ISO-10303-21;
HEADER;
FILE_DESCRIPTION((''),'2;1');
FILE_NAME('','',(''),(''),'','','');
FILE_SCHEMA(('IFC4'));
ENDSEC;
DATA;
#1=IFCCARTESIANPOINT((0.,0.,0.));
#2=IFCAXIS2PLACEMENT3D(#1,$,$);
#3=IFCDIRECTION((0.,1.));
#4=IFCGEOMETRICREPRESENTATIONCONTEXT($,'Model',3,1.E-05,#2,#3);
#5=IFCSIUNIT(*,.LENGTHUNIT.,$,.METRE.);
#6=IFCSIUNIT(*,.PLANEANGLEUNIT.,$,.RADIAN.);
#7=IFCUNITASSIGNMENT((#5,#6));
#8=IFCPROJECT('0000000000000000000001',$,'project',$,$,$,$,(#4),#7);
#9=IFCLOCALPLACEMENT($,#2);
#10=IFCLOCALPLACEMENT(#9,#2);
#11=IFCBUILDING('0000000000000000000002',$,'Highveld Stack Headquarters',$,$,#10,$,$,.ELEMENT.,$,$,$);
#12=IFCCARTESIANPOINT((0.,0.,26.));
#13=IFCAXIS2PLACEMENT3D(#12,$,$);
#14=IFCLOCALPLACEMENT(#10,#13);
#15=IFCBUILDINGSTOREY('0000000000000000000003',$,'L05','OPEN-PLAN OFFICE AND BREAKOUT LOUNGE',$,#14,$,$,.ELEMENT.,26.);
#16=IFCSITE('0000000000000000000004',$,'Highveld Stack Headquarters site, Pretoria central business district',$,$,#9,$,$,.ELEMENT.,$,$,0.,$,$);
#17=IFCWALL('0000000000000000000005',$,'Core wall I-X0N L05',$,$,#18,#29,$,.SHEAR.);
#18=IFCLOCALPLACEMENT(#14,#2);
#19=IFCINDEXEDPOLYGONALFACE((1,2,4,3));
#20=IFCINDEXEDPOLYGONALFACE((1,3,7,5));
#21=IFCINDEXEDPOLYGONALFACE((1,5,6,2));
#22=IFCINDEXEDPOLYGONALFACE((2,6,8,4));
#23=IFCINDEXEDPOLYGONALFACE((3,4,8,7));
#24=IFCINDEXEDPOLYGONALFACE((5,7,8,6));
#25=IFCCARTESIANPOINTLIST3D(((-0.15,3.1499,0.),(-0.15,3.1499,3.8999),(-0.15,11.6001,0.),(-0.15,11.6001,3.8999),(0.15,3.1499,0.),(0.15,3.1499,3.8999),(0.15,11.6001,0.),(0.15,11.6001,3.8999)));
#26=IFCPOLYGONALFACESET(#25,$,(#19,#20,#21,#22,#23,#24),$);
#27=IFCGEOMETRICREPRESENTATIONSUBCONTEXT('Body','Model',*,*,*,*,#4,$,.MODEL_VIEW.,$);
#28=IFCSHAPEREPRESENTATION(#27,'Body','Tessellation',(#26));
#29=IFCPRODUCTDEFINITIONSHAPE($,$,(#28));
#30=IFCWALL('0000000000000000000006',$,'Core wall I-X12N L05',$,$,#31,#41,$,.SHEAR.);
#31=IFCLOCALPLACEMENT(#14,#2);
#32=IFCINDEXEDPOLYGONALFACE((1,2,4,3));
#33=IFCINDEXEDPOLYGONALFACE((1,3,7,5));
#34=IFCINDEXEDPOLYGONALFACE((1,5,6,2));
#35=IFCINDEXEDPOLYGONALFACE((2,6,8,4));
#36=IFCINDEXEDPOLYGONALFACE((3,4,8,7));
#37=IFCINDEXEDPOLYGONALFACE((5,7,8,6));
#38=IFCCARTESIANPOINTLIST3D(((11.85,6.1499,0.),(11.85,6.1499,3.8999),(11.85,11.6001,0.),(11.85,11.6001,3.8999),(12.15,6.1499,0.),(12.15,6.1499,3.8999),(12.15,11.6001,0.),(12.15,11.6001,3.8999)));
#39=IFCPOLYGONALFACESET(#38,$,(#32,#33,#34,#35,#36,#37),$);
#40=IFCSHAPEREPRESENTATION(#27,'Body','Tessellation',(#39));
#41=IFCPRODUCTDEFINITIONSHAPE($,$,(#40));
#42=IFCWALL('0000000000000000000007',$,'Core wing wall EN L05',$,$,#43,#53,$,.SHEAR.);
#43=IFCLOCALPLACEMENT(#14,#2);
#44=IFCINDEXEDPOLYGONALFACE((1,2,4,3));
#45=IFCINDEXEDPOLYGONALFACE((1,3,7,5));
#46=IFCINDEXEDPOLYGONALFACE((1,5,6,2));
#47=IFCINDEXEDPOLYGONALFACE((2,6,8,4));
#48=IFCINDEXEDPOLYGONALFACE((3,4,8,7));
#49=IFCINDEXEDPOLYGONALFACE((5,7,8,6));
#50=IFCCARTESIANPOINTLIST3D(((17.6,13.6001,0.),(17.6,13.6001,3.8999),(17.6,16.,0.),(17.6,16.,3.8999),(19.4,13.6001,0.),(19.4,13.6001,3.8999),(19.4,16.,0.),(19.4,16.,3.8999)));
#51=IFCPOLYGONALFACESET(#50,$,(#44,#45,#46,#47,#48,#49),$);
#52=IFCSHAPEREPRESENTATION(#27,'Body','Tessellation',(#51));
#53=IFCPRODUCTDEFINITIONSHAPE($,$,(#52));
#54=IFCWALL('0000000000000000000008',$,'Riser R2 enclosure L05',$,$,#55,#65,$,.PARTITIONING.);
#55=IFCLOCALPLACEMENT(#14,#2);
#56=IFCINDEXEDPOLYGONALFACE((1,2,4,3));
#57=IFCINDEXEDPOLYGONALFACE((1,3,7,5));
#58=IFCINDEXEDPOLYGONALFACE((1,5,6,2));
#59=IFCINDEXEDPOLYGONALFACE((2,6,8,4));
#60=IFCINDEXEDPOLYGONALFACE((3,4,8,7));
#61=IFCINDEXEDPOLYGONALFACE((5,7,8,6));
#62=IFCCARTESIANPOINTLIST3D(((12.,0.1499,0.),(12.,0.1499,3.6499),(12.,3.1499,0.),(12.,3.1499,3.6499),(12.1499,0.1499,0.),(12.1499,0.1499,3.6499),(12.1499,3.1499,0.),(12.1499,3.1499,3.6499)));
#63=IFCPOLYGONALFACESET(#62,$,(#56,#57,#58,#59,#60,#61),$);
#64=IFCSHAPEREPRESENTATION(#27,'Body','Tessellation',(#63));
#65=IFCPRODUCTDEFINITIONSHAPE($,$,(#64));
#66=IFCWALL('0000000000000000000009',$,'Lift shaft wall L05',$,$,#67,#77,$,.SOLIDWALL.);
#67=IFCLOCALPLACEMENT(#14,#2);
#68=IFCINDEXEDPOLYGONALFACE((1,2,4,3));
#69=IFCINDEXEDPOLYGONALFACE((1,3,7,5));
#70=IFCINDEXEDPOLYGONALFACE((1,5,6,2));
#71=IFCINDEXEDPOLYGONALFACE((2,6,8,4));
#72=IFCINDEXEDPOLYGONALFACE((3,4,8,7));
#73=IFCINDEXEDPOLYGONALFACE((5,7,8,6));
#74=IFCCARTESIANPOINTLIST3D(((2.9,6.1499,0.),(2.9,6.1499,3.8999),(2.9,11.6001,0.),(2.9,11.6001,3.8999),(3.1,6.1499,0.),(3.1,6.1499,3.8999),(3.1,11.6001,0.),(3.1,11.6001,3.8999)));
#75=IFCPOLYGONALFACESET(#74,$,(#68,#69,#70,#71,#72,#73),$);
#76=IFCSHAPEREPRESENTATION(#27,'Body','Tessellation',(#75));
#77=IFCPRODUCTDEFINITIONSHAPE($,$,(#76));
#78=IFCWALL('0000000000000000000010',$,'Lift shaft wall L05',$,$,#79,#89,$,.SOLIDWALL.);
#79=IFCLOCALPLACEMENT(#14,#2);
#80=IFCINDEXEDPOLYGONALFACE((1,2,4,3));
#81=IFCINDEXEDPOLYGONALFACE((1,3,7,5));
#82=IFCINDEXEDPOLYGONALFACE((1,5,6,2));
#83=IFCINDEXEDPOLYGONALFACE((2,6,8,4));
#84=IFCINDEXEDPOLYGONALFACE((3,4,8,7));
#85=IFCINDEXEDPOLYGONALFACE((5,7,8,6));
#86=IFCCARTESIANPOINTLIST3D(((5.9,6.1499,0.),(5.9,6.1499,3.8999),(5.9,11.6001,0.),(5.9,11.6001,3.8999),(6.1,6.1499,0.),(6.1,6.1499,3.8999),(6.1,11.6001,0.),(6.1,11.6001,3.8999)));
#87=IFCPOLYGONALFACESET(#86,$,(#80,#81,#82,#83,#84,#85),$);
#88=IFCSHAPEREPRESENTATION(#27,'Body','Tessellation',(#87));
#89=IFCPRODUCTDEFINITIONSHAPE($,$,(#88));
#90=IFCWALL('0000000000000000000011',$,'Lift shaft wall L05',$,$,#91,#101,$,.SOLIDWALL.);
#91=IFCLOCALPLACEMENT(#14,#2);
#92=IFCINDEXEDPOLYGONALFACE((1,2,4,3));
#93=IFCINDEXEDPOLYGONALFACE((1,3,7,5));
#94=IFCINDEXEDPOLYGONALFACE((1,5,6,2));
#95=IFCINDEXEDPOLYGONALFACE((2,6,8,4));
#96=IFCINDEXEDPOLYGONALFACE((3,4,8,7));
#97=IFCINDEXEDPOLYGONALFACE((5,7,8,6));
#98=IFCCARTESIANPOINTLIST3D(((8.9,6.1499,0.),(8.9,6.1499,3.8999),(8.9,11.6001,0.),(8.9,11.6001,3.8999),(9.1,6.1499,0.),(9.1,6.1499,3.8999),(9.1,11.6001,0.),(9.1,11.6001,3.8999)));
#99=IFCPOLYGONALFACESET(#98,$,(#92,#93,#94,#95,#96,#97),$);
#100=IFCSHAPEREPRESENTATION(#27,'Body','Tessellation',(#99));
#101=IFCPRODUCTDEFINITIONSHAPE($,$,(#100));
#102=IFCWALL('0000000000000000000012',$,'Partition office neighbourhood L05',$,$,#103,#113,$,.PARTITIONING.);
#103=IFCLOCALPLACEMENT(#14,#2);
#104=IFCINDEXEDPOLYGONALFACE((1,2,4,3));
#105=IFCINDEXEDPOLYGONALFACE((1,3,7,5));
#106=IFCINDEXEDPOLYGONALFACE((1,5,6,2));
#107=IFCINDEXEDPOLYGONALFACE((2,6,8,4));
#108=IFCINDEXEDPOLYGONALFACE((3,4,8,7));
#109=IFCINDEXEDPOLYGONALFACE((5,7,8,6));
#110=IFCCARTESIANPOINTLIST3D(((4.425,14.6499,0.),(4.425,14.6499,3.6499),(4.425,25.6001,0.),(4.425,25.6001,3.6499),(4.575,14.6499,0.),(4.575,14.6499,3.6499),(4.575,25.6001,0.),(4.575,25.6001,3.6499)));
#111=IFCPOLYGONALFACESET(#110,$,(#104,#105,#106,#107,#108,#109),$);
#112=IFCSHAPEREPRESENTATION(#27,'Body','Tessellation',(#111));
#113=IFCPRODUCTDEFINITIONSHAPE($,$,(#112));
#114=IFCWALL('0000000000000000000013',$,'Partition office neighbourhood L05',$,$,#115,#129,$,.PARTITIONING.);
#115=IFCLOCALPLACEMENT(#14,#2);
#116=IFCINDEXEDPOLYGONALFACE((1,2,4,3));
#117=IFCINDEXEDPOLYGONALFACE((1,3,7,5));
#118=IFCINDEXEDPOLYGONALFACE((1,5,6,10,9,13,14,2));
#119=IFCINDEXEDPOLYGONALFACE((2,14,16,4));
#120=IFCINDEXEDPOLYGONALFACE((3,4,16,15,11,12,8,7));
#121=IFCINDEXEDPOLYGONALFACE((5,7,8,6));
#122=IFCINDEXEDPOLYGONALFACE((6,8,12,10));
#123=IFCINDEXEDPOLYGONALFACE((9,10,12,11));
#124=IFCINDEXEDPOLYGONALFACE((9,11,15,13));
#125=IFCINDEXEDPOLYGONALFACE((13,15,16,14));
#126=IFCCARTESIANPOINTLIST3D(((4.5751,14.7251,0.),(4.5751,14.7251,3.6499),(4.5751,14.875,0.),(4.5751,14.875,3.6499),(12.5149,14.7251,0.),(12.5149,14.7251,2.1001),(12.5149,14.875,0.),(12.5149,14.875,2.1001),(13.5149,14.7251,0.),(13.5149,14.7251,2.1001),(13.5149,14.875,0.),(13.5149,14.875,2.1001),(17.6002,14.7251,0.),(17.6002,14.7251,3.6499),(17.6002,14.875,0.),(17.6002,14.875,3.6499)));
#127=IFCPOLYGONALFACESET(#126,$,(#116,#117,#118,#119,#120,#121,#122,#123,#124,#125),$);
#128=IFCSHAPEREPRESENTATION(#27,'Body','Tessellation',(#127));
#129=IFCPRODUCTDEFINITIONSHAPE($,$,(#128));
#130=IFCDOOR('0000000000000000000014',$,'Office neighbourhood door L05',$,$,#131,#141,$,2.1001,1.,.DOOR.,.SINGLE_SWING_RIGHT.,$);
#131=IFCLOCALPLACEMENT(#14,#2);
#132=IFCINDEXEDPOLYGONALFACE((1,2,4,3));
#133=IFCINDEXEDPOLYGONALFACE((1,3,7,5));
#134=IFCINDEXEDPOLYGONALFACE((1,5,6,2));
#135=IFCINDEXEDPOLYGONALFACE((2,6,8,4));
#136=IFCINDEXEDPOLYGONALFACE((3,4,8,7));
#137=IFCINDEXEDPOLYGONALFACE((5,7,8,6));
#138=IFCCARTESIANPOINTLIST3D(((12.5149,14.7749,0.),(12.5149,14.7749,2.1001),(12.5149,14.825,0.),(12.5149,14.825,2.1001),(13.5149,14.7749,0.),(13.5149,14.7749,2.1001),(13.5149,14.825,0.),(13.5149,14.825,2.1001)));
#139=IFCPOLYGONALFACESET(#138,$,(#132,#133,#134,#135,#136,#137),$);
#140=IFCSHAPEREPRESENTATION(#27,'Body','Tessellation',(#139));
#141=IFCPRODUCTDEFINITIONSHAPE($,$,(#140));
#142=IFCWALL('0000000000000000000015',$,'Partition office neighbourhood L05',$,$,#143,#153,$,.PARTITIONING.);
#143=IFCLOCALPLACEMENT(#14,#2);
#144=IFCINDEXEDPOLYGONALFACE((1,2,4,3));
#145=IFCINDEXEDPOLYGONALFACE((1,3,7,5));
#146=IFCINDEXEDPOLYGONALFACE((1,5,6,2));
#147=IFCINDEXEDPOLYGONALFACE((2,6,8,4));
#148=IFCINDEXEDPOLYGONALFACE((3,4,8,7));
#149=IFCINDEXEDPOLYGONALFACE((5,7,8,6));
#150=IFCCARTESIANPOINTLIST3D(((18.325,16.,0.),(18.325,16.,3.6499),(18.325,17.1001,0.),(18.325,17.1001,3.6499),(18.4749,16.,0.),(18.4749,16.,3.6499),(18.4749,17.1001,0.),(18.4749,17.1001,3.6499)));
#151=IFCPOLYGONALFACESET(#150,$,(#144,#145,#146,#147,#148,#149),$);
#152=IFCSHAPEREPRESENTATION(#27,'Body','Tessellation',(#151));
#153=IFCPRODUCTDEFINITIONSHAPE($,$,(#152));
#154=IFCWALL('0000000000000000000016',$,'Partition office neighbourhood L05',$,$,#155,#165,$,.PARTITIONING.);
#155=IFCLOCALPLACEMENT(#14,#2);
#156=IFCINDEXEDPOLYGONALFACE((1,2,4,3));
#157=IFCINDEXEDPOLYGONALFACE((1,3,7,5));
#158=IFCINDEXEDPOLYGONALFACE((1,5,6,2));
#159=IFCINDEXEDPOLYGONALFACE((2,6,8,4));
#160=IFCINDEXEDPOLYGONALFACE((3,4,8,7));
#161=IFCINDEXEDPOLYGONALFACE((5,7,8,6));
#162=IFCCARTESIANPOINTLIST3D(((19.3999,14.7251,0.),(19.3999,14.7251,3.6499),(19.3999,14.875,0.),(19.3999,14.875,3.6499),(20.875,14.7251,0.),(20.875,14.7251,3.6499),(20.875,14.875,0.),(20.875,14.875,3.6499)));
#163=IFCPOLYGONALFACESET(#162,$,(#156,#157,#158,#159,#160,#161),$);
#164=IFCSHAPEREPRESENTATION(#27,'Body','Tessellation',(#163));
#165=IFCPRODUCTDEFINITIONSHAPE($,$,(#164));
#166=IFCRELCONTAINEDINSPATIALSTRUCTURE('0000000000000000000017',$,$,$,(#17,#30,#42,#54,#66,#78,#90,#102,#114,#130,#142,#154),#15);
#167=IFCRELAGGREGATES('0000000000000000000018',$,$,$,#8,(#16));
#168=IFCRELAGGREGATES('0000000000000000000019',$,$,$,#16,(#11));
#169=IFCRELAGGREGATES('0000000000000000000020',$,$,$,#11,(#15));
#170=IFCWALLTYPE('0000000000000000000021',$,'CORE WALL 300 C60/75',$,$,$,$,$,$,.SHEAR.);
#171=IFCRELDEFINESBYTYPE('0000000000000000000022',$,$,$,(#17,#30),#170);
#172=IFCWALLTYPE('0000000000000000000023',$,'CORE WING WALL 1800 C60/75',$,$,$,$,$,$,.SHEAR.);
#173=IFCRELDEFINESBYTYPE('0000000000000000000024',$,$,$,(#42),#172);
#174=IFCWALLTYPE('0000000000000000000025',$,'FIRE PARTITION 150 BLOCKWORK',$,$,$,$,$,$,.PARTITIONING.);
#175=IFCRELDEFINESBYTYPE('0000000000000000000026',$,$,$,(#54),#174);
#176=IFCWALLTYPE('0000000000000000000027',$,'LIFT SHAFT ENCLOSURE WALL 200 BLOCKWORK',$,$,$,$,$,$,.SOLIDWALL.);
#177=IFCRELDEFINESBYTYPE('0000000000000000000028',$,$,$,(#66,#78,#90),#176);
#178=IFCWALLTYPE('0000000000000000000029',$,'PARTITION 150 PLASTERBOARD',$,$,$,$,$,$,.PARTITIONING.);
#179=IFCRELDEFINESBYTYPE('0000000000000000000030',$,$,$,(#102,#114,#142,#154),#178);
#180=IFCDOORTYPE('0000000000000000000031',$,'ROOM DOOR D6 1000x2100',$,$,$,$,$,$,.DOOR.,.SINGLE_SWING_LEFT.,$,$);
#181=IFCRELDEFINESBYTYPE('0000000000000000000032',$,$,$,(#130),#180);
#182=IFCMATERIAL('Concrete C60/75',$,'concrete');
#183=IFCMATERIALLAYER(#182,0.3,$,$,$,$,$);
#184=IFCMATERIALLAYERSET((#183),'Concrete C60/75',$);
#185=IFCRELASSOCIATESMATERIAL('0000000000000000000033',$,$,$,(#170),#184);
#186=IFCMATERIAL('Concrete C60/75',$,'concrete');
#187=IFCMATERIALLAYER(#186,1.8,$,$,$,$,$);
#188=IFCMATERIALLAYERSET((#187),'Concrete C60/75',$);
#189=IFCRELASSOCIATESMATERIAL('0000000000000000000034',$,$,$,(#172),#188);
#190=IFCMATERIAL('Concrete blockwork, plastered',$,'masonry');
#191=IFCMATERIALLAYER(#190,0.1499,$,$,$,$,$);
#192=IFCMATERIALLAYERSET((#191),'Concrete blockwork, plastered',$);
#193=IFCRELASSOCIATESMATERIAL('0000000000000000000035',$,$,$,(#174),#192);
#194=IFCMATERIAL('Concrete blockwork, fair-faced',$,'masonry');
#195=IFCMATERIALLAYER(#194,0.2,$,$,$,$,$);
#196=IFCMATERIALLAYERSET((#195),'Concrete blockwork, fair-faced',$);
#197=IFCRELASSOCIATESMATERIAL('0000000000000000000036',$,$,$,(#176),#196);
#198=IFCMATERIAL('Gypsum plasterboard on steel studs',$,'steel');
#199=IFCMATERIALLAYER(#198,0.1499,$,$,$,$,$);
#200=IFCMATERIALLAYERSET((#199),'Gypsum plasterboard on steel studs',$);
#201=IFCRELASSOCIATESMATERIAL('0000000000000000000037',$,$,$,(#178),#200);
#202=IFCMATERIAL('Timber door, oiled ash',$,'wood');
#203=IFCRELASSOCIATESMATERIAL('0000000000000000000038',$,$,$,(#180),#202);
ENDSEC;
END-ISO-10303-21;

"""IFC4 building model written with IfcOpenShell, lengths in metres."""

from ifc_helpers import new_model, si_unit, direction, frame, frame_2d, origin, place, context, subcontext, project, spatial, rectangle, extrude, material, layer, layer_set, type_object, element, fill, save


model = new_model("IFC4")

# Units and contexts
model_context = context("Model", 3, precision=1e-05, world=origin(), true_north=direction((0.0, 1.0)))
body_context = subcontext(model_context, "Body", "Model", "MODEL_VIEW")
ifc_project = project(units=[si_unit("LENGTHUNIT", "METRE"), si_unit("PLANEANGLEUNIT", "RADIAN")], contexts=[model_context])

# Site, building, storey
site_placement = place(None, origin())
site = spatial("IfcSite", under=ifc_project, at=site_placement, Name="Highveld Stack Headquarters site, Pretoria central business district", CompositionType="ELEMENT", RefElevation=0.0)
building_placement = place(site_placement, origin())
building = spatial("IfcBuilding", under=site, at=building_placement, Name="Highveld Stack Headquarters", CompositionType="ELEMENT")
storey_placement = place(building_placement, frame((0.0, 0.0, 26.0)))
storey = spatial("IfcBuildingStorey", under=building, at=storey_placement, Name="L05", Description="OPEN-PLAN OFFICE AND BREAKOUT LOUNGE", CompositionType="ELEMENT", Elevation=26.0)

# Shared definitions
ifc_material_1 = material(Name="Concrete C60/75", Category="concrete")
ifc_layer_1 = layer(ifc_material_1, 0.3)
ifc_layer_set_1 = layer_set([ifc_layer_1], Name="Concrete C60/75")
wall_type_1 = type_object("IfcWallType", Name="CORE WALL 300 C60/75", PredefinedType="SHEAR", material=ifc_layer_set_1)

# Walls
wall_1_placement = place(storey_placement, frame((0.0, 3.1499, 0.0), z_axis=(0.0, 0.0, 1.0), x_axis=(0.0, 1.0, 0.0)))
element("IfcWall", 1, at=wall_1_placement, inside=storey, type_object=wall_type_1, Name="Core wall I-X0N L05", PredefinedType="SHEAR", context=body_context, shape_type="SweptSolid", body=[
    extrude(rectangle(XDim=8.4502, YDim=0.3, at=frame_2d((4.2251, 0.0))), origin(), (0.0, 0.0, 1.0), 3.8999),
])
wall_2_placement = place(storey_placement, frame((12.0, 6.1499, 0.0), z_axis=(0.0, 0.0, 1.0), x_axis=(0.0, 1.0, 0.0)))
element("IfcWall", 2, at=wall_2_placement, inside=storey, type_object=wall_type_1, Name="Core wall I-X12N L05", PredefinedType="SHEAR", context=body_context, shape_type="SweptSolid", body=[
    extrude(rectangle(XDim=5.4502, YDim=0.3, at=frame_2d((2.7251, 0.0))), origin(), (0.0, 0.0, 1.0), 3.8999),
])
ifc_material_2 = material(Name="Concrete C60/75", Category="concrete")
ifc_layer_2 = layer(ifc_material_2, 1.8)
ifc_layer_set_2 = layer_set([ifc_layer_2], Name="Concrete C60/75")
wall_type_2 = type_object("IfcWallType", Name="CORE WING WALL 1800 C60/75", PredefinedType="SHEAR", material=ifc_layer_set_2)
wall_3_placement = place(storey_placement, frame((18.5, 13.6001, 0.0), z_axis=(0.0, 0.0, 1.0), x_axis=(0.0, 1.0, 0.0)))
element("IfcWall", 3, at=wall_3_placement, inside=storey, type_object=wall_type_2, Name="Core wing wall EN L05", PredefinedType="SHEAR", context=body_context, shape_type="SweptSolid", body=[
    extrude(rectangle(XDim=2.3999, YDim=1.8, at=frame_2d((1.2, 0.0))), origin(), (0.0, 0.0, 1.0), 3.8999),
])
ifc_material_3 = material(Name="Concrete blockwork, plastered", Category="masonry")
ifc_layer_3 = layer(ifc_material_3, 0.1499)
ifc_layer_set_3 = layer_set([ifc_layer_3], Name="Concrete blockwork, plastered")
wall_type_3 = type_object("IfcWallType", Name="FIRE PARTITION 150 BLOCKWORK", PredefinedType="PARTITIONING", material=ifc_layer_set_3)
wall_4_placement = place(storey_placement, frame((12.075, 0.1499, 0.0), z_axis=(0.0, 0.0, 1.0), x_axis=(0.0, 1.0, 0.0)))
element("IfcWall", 4, at=wall_4_placement, inside=storey, type_object=wall_type_3, Name="Riser R2 enclosure L05", PredefinedType="PARTITIONING", context=body_context, shape_type="SweptSolid", body=[
    extrude(rectangle(XDim=3.0, YDim=0.1499, at=frame_2d((1.5, 0.0))), origin(), (0.0, 0.0, 1.0), 3.6499),
])
ifc_material_4 = material(Name="Concrete blockwork, fair-faced", Category="masonry")
ifc_layer_4 = layer(ifc_material_4, 0.2)
ifc_layer_set_4 = layer_set([ifc_layer_4], Name="Concrete blockwork, fair-faced")
wall_type_4 = type_object("IfcWallType", Name="LIFT SHAFT ENCLOSURE WALL 200 BLOCKWORK", PredefinedType="SOLIDWALL", material=ifc_layer_set_4)
for number, where, z_axis, x_axis, name in (
    (5, (3.0, 6.1499, 0.0), (0.0, 0.0, 1.0), (0.0, 1.0, 0.0), "Lift shaft wall L05"),
    (6, (6.0, 6.1499, 0.0), (0.0, 0.0, 1.0), (0.0, 1.0, 0.0), "Lift shaft wall L05"),
    (7, (9.0, 6.1499, 0.0), (0.0, 0.0, 1.0), (0.0, 1.0, 0.0), "Lift shaft wall L05"),
):
    element("IfcWall", number, at=place(storey_placement, frame(where, z_axis=z_axis, x_axis=x_axis)), inside=storey, type_object=wall_type_4, Name=name, PredefinedType="SOLIDWALL", context=body_context, shape_type="SweptSolid", body=[
        extrude(rectangle(XDim=5.4502, YDim=0.2, at=frame_2d((2.7251, 0.0))), origin(), (0.0, 0.0, 1.0), 3.8999),
    ])
ifc_material_5 = material(Name="Gypsum plasterboard on steel studs", Category="steel")
ifc_layer_5 = layer(ifc_material_5, 0.1499)
ifc_layer_set_5 = layer_set([ifc_layer_5], Name="Gypsum plasterboard on steel studs")
wall_type_5 = type_object("IfcWallType", Name="PARTITION 150 PLASTERBOARD", PredefinedType="PARTITIONING", material=ifc_layer_set_5)
wall_5_placement = place(storey_placement, frame((4.5, 14.6499, 0.0), z_axis=(0.0, 0.0, 1.0), x_axis=(0.0, 1.0, 0.0)))
element("IfcWall", 8, at=wall_5_placement, inside=storey, type_object=wall_type_5, Name="Partition office neighbourhood L05", PredefinedType="PARTITIONING", context=body_context, shape_type="SweptSolid", body=[
    extrude(rectangle(XDim=10.9502, YDim=0.1499, at=frame_2d((5.4751, 0.0))), origin(), (0.0, 0.0, 1.0), 3.6499),
])

# Wall, opening, door
wall_6_placement = place(storey_placement, frame((4.575, 14.8, 0.0), z_axis=(0.0, 0.0, 1.0), x_axis=(1.0, 0.0, 0.0)))
wall_6 = element("IfcWall", 9, at=wall_6_placement, inside=storey, type_object=wall_type_5, Name="Partition office neighbourhood L05", PredefinedType="PARTITIONING", context=body_context, shape_type="SweptSolid", body=[
    extrude(rectangle(XDim=13.0251, YDim=0.1499, at=frame_2d((6.5127, 0.0))), origin(), (0.0, 0.0, 1.0), 3.6499),
])
opening_1_placement = place(wall_6_placement, frame((7.9399, 0.0, 0.0)))
opening_1 = element("IfcOpeningElement", 10, at=opening_1_placement, cuts=wall_6, PredefinedType="OPENING", context=body_context, shape_type="SweptSolid", body=[
    extrude(rectangle(XDim=1.0, YDim=2.1001, at=frame_2d((0.5, 1.05))), frame((0.0, 0.085, 0.0), z_axis=(0.0, -1.0, 0.0), x_axis=(1.0, 0.0, 0.0)), (0.0, 0.0, 1.0), 0.1699),
])
ifc_material_6 = material(Name="Timber door, oiled ash", Category="wood")
door_type_1 = type_object("IfcDoorType", Name="ROOM DOOR D6 1000x2100", OperationType="SINGLE_SWING_LEFT", PredefinedType="DOOR", material=ifc_material_6)
door_1_placement = place(opening_1_placement, origin())
door_1 = element("IfcDoor", 11, at=door_1_placement, inside=storey, type_object=door_type_1, Name="Office neighbourhood door L05", OperationType="SINGLE_SWING_RIGHT", OverallHeight=2.1001, OverallWidth=1.0, PredefinedType="DOOR", context=body_context, shape_type="SweptSolid", body=[
    extrude(rectangle(XDim=1.0, YDim=2.1001, at=frame_2d((0.5, 1.05))), frame((0.0, 0.0249, 0.0), z_axis=(0.0, -1.0, 0.0), x_axis=(1.0, 0.0, 0.0)), (0.0, 0.0, 1.0), 0.05),
])
fill(opening_1, door_1)

# Walls
wall_7_placement = place(storey_placement, frame((18.3999, 16.0, 0.0), z_axis=(0.0, 0.0, 1.0), x_axis=(0.0, 1.0, 0.0)))
element("IfcWall", 12, at=wall_7_placement, inside=storey, type_object=wall_type_5, Name="Partition office neighbourhood L05", PredefinedType="PARTITIONING", context=body_context, shape_type="SweptSolid", body=[
    extrude(rectangle(XDim=1.1001, YDim=0.1499, at=frame_2d((0.55, 0.0))), origin(), (0.0, 0.0, 1.0), 3.6499),
])
wall_8_placement = place(storey_placement, frame((19.3999, 14.8, 0.0), z_axis=(0.0, 0.0, 1.0), x_axis=(1.0, 0.0, 0.0)))
element("IfcWall", 13, at=wall_8_placement, inside=storey, type_object=wall_type_5, Name="Partition office neighbourhood L05", PredefinedType="PARTITIONING", context=body_context, shape_type="SweptSolid", body=[
    extrude(rectangle(XDim=1.4751, YDim=0.1499, at=frame_2d((0.7375, 0.0))), origin(), (0.0, 0.0, 1.0), 3.6499),
])

save(model, "model.ifc")
